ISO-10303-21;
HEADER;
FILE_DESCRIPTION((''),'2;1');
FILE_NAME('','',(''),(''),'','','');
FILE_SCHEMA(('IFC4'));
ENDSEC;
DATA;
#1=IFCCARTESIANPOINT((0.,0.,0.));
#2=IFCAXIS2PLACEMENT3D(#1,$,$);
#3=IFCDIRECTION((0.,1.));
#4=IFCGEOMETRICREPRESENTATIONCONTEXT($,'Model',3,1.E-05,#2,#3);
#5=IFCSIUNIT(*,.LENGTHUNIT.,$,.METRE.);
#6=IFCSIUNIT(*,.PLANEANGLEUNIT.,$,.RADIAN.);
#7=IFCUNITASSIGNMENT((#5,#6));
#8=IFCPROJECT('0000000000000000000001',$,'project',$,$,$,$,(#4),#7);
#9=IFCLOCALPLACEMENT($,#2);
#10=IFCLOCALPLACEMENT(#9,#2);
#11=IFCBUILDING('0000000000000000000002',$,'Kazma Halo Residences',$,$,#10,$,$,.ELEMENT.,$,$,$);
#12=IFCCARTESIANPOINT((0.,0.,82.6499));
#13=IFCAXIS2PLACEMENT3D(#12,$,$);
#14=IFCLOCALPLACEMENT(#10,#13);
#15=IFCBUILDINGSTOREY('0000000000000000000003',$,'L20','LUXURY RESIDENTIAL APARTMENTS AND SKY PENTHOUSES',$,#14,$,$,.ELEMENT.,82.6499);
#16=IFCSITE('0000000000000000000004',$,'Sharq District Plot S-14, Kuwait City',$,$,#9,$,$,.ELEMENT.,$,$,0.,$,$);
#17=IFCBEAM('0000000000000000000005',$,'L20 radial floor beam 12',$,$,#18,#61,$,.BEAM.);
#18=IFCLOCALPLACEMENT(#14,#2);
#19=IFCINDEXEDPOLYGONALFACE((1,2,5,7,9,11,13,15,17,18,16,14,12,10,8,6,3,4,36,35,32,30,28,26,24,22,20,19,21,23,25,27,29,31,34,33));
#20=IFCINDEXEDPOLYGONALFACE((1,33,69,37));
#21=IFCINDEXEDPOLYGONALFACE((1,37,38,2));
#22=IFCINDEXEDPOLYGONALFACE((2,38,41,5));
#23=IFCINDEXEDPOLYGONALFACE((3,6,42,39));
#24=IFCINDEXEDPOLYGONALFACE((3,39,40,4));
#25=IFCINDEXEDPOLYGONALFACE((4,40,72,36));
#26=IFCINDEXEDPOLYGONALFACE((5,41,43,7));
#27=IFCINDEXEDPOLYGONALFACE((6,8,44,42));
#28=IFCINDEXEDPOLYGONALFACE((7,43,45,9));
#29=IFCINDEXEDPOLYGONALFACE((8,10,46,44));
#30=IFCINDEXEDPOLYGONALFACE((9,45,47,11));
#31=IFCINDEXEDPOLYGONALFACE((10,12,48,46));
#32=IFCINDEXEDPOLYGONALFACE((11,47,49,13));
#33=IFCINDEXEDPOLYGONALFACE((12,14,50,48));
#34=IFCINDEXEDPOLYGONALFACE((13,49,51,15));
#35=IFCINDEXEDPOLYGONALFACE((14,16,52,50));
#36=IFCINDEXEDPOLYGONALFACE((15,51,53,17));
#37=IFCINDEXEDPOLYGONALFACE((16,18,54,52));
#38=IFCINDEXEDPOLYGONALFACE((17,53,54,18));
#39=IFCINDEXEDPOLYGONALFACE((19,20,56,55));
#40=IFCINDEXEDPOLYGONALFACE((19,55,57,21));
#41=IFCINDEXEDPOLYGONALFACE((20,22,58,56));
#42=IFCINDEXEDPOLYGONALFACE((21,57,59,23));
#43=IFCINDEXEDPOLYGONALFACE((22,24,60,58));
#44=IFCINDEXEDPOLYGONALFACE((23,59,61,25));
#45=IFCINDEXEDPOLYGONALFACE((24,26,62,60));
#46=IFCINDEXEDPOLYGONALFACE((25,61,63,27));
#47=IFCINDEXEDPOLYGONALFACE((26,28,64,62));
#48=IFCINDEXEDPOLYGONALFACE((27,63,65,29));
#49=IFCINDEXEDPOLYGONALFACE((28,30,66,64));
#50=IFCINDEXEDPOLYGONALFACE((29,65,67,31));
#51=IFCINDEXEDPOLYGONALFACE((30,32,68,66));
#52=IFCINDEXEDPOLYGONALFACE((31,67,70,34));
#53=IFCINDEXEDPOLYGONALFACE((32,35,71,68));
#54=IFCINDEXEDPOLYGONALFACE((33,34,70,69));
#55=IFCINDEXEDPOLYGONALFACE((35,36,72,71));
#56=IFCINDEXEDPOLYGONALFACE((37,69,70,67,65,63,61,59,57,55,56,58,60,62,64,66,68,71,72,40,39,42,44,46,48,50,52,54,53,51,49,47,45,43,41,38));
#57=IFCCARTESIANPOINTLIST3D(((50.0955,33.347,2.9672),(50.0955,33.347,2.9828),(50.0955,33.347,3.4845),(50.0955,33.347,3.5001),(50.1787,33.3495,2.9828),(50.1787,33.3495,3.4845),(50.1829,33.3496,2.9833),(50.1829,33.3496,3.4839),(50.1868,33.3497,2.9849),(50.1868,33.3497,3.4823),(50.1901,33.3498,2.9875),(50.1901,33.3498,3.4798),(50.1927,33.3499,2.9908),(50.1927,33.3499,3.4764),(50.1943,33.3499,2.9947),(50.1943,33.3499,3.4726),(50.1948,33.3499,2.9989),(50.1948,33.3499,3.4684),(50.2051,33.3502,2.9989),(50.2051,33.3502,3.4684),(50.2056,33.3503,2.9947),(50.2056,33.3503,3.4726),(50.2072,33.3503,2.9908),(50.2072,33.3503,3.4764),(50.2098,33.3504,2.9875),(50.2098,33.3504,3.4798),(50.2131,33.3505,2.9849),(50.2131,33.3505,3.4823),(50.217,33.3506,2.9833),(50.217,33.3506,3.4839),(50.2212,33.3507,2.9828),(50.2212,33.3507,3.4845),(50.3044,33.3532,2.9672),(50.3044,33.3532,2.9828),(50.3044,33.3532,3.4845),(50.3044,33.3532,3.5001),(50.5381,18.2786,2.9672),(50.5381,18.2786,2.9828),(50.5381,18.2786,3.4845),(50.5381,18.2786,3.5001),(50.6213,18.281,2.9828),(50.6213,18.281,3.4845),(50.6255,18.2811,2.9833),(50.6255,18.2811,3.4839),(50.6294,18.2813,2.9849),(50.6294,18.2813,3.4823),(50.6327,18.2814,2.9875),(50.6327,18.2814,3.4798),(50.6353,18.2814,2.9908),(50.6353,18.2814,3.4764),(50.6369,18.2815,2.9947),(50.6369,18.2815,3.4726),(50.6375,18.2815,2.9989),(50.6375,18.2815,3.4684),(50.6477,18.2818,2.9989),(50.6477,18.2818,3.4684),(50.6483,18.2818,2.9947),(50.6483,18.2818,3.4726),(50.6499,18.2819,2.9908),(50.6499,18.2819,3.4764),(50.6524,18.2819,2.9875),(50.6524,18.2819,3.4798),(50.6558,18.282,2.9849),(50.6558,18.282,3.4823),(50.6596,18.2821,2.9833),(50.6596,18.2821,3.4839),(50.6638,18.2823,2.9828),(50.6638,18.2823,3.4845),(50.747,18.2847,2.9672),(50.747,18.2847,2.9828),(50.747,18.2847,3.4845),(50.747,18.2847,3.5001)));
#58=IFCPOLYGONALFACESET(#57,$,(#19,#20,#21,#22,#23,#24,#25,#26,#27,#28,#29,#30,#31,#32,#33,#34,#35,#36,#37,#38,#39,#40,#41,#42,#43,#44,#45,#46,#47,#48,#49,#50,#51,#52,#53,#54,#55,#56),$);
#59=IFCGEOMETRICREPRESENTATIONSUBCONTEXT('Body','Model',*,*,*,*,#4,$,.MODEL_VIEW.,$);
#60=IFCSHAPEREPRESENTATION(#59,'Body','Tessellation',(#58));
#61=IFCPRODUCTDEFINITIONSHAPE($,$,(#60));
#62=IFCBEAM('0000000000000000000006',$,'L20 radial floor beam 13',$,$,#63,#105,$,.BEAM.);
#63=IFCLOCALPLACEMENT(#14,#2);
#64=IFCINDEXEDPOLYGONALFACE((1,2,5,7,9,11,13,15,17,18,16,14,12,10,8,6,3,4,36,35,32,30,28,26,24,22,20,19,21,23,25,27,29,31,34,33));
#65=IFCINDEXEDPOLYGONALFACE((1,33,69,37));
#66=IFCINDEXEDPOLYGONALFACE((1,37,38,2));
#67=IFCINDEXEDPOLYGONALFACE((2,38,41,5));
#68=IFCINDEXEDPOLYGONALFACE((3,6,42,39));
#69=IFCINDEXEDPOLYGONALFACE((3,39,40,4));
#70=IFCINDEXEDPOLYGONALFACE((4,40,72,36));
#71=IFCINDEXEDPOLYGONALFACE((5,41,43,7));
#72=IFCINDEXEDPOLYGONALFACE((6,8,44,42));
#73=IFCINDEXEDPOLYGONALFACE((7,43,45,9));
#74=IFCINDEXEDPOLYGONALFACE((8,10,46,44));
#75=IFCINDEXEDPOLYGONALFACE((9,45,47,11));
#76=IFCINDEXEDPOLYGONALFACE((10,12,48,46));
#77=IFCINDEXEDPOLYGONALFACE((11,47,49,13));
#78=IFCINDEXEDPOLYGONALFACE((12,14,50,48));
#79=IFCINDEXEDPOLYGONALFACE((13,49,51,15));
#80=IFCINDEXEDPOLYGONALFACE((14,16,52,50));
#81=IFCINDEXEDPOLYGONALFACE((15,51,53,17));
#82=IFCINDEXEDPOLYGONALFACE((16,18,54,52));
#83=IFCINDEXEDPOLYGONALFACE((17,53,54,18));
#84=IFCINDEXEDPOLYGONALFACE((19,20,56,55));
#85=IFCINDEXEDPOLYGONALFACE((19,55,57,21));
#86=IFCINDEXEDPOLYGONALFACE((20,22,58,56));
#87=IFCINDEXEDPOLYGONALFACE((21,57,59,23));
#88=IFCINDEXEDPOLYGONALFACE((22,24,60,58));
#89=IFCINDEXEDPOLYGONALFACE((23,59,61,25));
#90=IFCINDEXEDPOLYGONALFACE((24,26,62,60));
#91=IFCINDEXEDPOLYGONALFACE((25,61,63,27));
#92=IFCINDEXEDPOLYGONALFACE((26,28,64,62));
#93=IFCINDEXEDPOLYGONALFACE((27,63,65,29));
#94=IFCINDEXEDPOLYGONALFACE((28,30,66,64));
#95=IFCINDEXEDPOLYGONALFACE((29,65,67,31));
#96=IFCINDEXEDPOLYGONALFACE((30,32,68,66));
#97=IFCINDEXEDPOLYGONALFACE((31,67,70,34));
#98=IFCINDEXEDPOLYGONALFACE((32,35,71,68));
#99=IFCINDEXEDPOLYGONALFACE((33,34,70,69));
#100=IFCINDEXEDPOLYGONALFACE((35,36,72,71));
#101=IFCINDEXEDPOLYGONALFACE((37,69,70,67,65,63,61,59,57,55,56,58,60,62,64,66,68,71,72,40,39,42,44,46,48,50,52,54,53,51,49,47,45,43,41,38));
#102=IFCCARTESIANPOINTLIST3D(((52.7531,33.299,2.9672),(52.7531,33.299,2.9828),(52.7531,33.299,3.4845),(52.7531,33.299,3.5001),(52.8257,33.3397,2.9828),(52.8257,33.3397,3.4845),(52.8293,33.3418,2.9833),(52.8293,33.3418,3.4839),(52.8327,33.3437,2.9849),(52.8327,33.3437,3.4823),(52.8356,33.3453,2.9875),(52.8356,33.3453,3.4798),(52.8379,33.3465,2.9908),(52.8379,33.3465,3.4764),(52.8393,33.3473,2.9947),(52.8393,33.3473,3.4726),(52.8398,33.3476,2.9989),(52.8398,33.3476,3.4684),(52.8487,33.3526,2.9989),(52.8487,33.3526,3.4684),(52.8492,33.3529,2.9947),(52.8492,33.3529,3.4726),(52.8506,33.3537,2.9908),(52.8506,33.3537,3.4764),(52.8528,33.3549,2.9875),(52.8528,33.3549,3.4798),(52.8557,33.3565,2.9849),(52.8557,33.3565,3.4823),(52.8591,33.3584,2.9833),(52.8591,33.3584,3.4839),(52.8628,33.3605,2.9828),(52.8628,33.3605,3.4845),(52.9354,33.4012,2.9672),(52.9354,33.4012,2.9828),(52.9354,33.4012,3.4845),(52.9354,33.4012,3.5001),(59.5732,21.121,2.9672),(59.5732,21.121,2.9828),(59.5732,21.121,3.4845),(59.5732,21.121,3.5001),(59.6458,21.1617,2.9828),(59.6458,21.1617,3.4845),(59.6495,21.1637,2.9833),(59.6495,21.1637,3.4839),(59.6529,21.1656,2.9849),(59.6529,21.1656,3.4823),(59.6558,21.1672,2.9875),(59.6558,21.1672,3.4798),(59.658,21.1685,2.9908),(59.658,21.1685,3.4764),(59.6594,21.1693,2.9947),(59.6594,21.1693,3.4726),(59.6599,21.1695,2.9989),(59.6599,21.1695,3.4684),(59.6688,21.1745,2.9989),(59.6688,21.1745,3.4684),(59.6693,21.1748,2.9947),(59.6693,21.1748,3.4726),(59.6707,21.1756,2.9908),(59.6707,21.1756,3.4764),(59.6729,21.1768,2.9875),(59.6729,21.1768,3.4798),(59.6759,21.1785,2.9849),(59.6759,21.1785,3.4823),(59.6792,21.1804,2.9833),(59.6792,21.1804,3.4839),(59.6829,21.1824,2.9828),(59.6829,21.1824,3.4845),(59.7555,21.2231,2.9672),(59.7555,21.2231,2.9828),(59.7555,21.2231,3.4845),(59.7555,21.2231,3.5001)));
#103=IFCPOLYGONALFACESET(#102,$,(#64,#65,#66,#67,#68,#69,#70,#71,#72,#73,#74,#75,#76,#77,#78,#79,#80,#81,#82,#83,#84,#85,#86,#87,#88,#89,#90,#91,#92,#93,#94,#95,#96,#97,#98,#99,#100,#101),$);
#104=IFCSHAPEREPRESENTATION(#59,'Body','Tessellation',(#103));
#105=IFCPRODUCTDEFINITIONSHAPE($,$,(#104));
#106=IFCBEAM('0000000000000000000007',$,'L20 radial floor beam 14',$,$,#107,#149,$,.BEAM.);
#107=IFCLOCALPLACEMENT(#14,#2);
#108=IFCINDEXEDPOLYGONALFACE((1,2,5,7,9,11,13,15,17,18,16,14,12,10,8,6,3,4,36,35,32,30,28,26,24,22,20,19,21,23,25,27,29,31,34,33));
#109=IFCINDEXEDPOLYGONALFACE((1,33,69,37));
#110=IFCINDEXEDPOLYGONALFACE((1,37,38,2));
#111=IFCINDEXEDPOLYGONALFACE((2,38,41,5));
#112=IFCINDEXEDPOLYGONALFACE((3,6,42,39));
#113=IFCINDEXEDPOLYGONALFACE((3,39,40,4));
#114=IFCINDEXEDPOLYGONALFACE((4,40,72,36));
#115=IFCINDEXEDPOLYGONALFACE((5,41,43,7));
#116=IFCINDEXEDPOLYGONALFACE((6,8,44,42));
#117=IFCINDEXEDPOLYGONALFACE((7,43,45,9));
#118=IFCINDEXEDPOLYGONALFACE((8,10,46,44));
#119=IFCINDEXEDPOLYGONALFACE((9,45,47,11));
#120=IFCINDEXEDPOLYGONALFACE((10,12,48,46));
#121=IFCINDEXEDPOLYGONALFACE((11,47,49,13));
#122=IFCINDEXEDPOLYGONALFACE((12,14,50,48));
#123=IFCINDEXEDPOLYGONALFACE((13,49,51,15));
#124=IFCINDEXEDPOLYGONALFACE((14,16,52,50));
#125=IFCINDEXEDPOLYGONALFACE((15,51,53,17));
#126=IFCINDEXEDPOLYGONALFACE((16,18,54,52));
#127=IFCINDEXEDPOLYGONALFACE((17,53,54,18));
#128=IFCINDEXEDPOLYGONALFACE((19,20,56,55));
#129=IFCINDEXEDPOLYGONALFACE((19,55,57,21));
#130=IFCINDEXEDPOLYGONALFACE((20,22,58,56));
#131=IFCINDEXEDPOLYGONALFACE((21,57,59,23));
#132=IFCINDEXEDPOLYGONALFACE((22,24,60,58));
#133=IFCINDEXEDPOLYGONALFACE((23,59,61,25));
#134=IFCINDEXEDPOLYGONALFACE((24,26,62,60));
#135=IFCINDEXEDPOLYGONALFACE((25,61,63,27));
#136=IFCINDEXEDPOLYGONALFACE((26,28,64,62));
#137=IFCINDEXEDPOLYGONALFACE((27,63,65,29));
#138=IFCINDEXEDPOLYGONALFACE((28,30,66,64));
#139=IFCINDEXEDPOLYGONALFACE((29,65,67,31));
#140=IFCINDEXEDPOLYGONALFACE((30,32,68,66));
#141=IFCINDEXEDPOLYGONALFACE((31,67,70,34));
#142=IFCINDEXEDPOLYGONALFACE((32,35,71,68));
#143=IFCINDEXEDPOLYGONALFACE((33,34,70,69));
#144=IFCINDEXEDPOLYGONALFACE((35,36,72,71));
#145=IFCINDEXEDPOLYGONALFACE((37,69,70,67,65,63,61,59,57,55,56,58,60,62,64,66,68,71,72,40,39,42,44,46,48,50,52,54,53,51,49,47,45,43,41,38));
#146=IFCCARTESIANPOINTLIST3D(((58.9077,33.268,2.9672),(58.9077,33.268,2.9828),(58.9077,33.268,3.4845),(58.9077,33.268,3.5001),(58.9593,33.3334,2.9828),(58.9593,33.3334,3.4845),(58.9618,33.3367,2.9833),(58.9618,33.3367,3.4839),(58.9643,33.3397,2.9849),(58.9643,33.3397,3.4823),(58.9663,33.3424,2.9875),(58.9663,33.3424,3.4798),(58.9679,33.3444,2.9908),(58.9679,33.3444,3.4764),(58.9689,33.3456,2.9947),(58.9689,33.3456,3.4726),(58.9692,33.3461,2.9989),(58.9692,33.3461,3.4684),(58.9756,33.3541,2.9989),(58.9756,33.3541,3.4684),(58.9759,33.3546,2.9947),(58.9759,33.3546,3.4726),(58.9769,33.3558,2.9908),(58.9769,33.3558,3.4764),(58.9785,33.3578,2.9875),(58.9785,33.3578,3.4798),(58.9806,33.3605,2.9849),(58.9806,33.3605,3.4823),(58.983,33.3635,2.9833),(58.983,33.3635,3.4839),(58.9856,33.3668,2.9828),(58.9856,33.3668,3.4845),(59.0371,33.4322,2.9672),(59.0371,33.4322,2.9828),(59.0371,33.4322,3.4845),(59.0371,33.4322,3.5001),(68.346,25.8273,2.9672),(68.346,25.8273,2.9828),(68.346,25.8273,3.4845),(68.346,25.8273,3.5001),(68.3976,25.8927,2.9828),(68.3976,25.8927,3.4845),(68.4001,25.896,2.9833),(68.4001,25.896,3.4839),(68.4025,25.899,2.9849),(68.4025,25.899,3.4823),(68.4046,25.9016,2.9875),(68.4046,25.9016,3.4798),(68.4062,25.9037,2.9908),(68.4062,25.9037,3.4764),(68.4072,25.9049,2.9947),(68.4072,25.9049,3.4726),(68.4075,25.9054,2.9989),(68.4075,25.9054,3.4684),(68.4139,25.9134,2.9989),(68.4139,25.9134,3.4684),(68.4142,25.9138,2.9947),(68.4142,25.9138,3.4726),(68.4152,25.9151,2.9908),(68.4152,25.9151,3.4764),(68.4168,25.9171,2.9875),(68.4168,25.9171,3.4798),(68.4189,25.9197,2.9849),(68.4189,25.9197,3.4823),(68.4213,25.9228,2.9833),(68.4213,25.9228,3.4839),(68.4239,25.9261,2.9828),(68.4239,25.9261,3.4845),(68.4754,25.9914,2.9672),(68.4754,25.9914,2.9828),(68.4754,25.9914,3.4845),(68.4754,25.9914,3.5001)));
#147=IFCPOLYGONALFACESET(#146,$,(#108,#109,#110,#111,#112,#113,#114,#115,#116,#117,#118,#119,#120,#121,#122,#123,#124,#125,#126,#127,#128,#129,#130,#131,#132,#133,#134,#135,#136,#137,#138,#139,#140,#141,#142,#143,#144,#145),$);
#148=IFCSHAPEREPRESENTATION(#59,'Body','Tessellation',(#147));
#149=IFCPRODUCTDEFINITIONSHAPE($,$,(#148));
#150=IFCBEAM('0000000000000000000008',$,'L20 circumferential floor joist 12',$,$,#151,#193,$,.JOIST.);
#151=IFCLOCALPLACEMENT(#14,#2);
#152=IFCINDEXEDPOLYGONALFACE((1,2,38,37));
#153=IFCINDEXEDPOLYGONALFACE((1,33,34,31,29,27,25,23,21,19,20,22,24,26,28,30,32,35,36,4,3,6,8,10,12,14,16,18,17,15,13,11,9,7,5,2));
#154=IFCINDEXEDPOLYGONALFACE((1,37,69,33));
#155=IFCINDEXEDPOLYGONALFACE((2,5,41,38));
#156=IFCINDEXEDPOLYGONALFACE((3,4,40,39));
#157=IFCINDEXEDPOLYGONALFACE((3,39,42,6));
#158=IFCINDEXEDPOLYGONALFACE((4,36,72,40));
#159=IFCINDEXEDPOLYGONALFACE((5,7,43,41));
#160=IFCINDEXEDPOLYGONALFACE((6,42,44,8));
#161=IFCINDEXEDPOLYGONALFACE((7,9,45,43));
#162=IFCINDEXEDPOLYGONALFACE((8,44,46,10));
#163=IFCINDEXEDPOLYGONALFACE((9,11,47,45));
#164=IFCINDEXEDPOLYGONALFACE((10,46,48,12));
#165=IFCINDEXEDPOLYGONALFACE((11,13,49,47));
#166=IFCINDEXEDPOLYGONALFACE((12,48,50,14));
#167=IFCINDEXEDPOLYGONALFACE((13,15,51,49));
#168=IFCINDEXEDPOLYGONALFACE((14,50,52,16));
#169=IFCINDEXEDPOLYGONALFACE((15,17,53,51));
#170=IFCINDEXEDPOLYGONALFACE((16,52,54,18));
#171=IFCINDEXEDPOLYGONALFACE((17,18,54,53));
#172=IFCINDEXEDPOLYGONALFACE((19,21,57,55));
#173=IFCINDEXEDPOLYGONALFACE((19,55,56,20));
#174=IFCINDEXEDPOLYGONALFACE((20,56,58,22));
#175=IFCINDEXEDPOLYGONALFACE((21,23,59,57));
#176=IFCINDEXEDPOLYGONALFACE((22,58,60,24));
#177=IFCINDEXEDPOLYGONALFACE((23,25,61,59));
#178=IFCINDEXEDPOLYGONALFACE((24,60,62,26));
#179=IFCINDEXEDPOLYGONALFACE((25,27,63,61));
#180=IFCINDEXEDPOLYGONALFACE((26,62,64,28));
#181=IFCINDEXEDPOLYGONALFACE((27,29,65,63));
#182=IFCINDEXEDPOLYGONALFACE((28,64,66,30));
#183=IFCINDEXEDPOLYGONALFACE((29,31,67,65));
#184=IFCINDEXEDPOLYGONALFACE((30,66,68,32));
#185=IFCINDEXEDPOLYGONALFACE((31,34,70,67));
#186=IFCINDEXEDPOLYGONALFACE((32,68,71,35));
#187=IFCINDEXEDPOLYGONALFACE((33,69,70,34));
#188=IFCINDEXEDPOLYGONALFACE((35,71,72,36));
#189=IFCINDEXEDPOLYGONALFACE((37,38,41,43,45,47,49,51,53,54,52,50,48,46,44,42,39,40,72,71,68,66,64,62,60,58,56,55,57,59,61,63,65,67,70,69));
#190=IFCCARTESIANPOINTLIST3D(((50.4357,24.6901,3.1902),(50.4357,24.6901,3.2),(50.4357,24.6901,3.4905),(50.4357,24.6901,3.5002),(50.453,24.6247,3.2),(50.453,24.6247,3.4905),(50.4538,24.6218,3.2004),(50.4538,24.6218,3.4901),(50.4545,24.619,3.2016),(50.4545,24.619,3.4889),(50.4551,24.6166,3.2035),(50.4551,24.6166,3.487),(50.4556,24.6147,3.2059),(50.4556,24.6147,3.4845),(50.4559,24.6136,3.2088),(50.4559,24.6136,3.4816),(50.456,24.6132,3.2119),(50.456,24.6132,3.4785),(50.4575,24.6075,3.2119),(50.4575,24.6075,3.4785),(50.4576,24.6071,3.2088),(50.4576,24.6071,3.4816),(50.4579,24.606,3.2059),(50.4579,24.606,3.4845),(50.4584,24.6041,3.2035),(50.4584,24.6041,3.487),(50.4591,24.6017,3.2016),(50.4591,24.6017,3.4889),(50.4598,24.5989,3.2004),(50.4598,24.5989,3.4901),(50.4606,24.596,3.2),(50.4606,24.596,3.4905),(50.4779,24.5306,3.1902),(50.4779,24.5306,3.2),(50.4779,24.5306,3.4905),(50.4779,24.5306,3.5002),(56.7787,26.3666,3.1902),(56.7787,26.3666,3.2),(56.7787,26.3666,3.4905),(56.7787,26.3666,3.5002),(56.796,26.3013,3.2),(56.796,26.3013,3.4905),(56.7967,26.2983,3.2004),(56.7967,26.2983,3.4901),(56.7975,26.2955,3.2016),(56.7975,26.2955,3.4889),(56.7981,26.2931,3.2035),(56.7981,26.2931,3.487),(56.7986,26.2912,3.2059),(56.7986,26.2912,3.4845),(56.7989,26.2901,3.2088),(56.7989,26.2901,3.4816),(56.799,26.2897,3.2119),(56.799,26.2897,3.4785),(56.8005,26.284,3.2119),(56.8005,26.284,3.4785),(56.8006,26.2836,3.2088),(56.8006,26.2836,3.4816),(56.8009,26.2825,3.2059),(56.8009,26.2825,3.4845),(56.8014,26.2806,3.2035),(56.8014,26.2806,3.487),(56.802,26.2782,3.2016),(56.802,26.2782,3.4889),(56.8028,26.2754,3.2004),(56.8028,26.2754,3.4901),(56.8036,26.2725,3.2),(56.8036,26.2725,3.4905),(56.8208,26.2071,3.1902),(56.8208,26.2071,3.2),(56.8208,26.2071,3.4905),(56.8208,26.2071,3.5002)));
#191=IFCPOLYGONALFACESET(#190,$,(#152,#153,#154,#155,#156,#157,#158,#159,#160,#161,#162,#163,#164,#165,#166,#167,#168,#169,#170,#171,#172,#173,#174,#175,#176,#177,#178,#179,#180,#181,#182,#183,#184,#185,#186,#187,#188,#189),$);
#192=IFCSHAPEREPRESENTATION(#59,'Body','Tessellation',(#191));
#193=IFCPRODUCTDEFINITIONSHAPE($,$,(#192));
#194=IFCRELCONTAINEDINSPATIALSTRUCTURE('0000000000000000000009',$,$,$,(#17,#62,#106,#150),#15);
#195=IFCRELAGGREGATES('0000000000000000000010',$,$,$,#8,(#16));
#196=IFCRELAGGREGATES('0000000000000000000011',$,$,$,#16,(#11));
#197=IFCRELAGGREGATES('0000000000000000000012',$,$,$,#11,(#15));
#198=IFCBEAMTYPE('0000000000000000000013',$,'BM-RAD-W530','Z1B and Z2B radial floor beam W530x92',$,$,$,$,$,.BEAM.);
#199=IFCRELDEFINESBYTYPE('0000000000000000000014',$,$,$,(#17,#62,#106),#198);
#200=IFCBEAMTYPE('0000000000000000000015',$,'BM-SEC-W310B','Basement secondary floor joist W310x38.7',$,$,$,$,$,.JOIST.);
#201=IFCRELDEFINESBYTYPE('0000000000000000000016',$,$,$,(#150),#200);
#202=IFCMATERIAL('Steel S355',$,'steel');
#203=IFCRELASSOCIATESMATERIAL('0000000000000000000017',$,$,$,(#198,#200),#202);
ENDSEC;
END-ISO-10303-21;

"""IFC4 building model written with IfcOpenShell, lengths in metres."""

from ifc_helpers import new_model, si_unit, direction, frame, origin, origin_2d, place, context, subcontext, project, spatial, i_section, extrude, material, material_profile, profile_set, type_object, element, save


model = new_model("IFC4")

# Units and contexts
model_context = context("Model", 3, precision=1e-05, world=origin(), true_north=direction((0.0, 1.0)))
body_context = subcontext(model_context, "Body", "Model", "MODEL_VIEW")
ifc_project = project(units=[si_unit("LENGTHUNIT", "METRE"), si_unit("PLANEANGLEUNIT", "RADIAN")], contexts=[model_context])

# Site, building, storey
site_placement = place(None, origin())
site = spatial("IfcSite", under=ifc_project, at=site_placement, Name="Sharq District Plot S-14, Kuwait City", CompositionType="ELEMENT", RefElevation=0.0)
building_placement = place(site_placement, origin())
building = spatial("IfcBuilding", under=site, at=building_placement, Name="Kazma Halo Residences", CompositionType="ELEMENT")
storey_placement = place(building_placement, frame((0.0, 0.0, 82.6499)))
storey = spatial("IfcBuildingStorey", under=building, at=storey_placement, Name="L20", Description="LUXURY RESIDENTIAL APARTMENTS AND SKY PENTHOUSES", CompositionType="ELEMENT", Elevation=82.6499)

# Beams
ifc_material_1 = material(Name="Steel S355", Category="steel")
ifc_material_profile_1 = material_profile(ifc_material_1, i_section(OverallWidth=0.209, OverallDepth=0.533, WebThickness=0.0103, FlangeThickness=0.0156, FilletRadius=0.0161, at=origin_2d()), Name="W530x92")
ifc_profile_set_1 = profile_set([ifc_material_profile_1], Name="Steel S355")
beam_type_1 = type_object("IfcBeamType", Name="BM-RAD-W530", Description="Z1B and Z2B radial floor beam W530x92", PredefinedType="BEAM", material=ifc_profile_set_1)
beam_1_placement = place(storey_placement, frame((50.2, 33.3501, 3.2336), z_axis=(0.029362, -0.999569, 0.0), x_axis=(0.999569, 0.029362, 0.0)))
element("IfcBeam", 1, at=beam_1_placement, inside=storey, type_object=beam_type_1, Name="L20 radial floor beam 12", PredefinedType="BEAM", context=body_context, shape_type="SweptSolid", body=[
    extrude(i_section(OverallWidth=0.209, OverallDepth=0.533, WebThickness=0.0103, FlangeThickness=0.0156, FilletRadius=0.0161, at=origin_2d()), origin(), (0.0, 0.0, 1.0), 15.075),
])
beam_2_placement = place(storey_placement, frame((52.8442, 33.3501, 3.2336), z_axis=(0.488625, -0.872494, 0.0), x_axis=(0.872494, 0.488625, 0.0)))
element("IfcBeam", 2, at=beam_2_placement, inside=storey, type_object=beam_type_1, Name="L20 radial floor beam 13", PredefinedType="BEAM", context=body_context, shape_type="SweptSolid", body=[
    extrude(i_section(OverallWidth=0.209, OverallDepth=0.533, WebThickness=0.0103, FlangeThickness=0.0156, FilletRadius=0.0161, at=origin_2d()), origin(), (0.0, 0.0, 1.0), 13.9578),
])
beam_3_placement = place(storey_placement, frame((58.9724, 33.3501, 3.2336), z_axis=(0.78531, -0.619103, 0.0), x_axis=(0.619103, 0.78531, 0.0)))
element("IfcBeam", 3, at=beam_3_placement, inside=storey, type_object=beam_type_1, Name="L20 radial floor beam 14", PredefinedType="BEAM", context=body_context, shape_type="SweptSolid", body=[
    extrude(i_section(OverallWidth=0.209, OverallDepth=0.533, WebThickness=0.0103, FlangeThickness=0.0156, FilletRadius=0.0161, at=origin_2d()), origin(), (0.0, 0.0, 1.0), 12.0186),
])
ifc_material_profile_2 = material_profile(ifc_material_1, i_section(OverallWidth=0.165, OverallDepth=0.3101, WebThickness=0.0059, FlangeThickness=0.0098, FilletRadius=0.012, at=origin_2d()), Name="W310x38.7")
ifc_profile_set_2 = profile_set([ifc_material_profile_2], Name="Steel S355")
beam_type_2 = type_object("IfcBeamType", Name="BM-SEC-W310B", Description="Basement secondary floor joist W310x38.7", PredefinedType="JOIST", material=ifc_profile_set_2)
beam_4_placement = place(storey_placement, frame((50.4568, 24.6104, 3.3452), z_axis=(0.9668, 0.255534, 0.0), x_axis=(-0.255534, 0.9668, 0.0)))
element("IfcBeam", 4, at=beam_4_placement, inside=storey, type_object=beam_type_2, Name="L20 circumferential floor joist 12", PredefinedType="JOIST", context=body_context, shape_type="SweptSolid", body=[
    extrude(i_section(OverallWidth=0.165, OverallDepth=0.3101, WebThickness=0.0059, FlangeThickness=0.0098, FilletRadius=0.012, at=origin_2d()), origin(), (0.0, 0.0, 1.0), 6.5608),
])

save(model, "model.ifc")
